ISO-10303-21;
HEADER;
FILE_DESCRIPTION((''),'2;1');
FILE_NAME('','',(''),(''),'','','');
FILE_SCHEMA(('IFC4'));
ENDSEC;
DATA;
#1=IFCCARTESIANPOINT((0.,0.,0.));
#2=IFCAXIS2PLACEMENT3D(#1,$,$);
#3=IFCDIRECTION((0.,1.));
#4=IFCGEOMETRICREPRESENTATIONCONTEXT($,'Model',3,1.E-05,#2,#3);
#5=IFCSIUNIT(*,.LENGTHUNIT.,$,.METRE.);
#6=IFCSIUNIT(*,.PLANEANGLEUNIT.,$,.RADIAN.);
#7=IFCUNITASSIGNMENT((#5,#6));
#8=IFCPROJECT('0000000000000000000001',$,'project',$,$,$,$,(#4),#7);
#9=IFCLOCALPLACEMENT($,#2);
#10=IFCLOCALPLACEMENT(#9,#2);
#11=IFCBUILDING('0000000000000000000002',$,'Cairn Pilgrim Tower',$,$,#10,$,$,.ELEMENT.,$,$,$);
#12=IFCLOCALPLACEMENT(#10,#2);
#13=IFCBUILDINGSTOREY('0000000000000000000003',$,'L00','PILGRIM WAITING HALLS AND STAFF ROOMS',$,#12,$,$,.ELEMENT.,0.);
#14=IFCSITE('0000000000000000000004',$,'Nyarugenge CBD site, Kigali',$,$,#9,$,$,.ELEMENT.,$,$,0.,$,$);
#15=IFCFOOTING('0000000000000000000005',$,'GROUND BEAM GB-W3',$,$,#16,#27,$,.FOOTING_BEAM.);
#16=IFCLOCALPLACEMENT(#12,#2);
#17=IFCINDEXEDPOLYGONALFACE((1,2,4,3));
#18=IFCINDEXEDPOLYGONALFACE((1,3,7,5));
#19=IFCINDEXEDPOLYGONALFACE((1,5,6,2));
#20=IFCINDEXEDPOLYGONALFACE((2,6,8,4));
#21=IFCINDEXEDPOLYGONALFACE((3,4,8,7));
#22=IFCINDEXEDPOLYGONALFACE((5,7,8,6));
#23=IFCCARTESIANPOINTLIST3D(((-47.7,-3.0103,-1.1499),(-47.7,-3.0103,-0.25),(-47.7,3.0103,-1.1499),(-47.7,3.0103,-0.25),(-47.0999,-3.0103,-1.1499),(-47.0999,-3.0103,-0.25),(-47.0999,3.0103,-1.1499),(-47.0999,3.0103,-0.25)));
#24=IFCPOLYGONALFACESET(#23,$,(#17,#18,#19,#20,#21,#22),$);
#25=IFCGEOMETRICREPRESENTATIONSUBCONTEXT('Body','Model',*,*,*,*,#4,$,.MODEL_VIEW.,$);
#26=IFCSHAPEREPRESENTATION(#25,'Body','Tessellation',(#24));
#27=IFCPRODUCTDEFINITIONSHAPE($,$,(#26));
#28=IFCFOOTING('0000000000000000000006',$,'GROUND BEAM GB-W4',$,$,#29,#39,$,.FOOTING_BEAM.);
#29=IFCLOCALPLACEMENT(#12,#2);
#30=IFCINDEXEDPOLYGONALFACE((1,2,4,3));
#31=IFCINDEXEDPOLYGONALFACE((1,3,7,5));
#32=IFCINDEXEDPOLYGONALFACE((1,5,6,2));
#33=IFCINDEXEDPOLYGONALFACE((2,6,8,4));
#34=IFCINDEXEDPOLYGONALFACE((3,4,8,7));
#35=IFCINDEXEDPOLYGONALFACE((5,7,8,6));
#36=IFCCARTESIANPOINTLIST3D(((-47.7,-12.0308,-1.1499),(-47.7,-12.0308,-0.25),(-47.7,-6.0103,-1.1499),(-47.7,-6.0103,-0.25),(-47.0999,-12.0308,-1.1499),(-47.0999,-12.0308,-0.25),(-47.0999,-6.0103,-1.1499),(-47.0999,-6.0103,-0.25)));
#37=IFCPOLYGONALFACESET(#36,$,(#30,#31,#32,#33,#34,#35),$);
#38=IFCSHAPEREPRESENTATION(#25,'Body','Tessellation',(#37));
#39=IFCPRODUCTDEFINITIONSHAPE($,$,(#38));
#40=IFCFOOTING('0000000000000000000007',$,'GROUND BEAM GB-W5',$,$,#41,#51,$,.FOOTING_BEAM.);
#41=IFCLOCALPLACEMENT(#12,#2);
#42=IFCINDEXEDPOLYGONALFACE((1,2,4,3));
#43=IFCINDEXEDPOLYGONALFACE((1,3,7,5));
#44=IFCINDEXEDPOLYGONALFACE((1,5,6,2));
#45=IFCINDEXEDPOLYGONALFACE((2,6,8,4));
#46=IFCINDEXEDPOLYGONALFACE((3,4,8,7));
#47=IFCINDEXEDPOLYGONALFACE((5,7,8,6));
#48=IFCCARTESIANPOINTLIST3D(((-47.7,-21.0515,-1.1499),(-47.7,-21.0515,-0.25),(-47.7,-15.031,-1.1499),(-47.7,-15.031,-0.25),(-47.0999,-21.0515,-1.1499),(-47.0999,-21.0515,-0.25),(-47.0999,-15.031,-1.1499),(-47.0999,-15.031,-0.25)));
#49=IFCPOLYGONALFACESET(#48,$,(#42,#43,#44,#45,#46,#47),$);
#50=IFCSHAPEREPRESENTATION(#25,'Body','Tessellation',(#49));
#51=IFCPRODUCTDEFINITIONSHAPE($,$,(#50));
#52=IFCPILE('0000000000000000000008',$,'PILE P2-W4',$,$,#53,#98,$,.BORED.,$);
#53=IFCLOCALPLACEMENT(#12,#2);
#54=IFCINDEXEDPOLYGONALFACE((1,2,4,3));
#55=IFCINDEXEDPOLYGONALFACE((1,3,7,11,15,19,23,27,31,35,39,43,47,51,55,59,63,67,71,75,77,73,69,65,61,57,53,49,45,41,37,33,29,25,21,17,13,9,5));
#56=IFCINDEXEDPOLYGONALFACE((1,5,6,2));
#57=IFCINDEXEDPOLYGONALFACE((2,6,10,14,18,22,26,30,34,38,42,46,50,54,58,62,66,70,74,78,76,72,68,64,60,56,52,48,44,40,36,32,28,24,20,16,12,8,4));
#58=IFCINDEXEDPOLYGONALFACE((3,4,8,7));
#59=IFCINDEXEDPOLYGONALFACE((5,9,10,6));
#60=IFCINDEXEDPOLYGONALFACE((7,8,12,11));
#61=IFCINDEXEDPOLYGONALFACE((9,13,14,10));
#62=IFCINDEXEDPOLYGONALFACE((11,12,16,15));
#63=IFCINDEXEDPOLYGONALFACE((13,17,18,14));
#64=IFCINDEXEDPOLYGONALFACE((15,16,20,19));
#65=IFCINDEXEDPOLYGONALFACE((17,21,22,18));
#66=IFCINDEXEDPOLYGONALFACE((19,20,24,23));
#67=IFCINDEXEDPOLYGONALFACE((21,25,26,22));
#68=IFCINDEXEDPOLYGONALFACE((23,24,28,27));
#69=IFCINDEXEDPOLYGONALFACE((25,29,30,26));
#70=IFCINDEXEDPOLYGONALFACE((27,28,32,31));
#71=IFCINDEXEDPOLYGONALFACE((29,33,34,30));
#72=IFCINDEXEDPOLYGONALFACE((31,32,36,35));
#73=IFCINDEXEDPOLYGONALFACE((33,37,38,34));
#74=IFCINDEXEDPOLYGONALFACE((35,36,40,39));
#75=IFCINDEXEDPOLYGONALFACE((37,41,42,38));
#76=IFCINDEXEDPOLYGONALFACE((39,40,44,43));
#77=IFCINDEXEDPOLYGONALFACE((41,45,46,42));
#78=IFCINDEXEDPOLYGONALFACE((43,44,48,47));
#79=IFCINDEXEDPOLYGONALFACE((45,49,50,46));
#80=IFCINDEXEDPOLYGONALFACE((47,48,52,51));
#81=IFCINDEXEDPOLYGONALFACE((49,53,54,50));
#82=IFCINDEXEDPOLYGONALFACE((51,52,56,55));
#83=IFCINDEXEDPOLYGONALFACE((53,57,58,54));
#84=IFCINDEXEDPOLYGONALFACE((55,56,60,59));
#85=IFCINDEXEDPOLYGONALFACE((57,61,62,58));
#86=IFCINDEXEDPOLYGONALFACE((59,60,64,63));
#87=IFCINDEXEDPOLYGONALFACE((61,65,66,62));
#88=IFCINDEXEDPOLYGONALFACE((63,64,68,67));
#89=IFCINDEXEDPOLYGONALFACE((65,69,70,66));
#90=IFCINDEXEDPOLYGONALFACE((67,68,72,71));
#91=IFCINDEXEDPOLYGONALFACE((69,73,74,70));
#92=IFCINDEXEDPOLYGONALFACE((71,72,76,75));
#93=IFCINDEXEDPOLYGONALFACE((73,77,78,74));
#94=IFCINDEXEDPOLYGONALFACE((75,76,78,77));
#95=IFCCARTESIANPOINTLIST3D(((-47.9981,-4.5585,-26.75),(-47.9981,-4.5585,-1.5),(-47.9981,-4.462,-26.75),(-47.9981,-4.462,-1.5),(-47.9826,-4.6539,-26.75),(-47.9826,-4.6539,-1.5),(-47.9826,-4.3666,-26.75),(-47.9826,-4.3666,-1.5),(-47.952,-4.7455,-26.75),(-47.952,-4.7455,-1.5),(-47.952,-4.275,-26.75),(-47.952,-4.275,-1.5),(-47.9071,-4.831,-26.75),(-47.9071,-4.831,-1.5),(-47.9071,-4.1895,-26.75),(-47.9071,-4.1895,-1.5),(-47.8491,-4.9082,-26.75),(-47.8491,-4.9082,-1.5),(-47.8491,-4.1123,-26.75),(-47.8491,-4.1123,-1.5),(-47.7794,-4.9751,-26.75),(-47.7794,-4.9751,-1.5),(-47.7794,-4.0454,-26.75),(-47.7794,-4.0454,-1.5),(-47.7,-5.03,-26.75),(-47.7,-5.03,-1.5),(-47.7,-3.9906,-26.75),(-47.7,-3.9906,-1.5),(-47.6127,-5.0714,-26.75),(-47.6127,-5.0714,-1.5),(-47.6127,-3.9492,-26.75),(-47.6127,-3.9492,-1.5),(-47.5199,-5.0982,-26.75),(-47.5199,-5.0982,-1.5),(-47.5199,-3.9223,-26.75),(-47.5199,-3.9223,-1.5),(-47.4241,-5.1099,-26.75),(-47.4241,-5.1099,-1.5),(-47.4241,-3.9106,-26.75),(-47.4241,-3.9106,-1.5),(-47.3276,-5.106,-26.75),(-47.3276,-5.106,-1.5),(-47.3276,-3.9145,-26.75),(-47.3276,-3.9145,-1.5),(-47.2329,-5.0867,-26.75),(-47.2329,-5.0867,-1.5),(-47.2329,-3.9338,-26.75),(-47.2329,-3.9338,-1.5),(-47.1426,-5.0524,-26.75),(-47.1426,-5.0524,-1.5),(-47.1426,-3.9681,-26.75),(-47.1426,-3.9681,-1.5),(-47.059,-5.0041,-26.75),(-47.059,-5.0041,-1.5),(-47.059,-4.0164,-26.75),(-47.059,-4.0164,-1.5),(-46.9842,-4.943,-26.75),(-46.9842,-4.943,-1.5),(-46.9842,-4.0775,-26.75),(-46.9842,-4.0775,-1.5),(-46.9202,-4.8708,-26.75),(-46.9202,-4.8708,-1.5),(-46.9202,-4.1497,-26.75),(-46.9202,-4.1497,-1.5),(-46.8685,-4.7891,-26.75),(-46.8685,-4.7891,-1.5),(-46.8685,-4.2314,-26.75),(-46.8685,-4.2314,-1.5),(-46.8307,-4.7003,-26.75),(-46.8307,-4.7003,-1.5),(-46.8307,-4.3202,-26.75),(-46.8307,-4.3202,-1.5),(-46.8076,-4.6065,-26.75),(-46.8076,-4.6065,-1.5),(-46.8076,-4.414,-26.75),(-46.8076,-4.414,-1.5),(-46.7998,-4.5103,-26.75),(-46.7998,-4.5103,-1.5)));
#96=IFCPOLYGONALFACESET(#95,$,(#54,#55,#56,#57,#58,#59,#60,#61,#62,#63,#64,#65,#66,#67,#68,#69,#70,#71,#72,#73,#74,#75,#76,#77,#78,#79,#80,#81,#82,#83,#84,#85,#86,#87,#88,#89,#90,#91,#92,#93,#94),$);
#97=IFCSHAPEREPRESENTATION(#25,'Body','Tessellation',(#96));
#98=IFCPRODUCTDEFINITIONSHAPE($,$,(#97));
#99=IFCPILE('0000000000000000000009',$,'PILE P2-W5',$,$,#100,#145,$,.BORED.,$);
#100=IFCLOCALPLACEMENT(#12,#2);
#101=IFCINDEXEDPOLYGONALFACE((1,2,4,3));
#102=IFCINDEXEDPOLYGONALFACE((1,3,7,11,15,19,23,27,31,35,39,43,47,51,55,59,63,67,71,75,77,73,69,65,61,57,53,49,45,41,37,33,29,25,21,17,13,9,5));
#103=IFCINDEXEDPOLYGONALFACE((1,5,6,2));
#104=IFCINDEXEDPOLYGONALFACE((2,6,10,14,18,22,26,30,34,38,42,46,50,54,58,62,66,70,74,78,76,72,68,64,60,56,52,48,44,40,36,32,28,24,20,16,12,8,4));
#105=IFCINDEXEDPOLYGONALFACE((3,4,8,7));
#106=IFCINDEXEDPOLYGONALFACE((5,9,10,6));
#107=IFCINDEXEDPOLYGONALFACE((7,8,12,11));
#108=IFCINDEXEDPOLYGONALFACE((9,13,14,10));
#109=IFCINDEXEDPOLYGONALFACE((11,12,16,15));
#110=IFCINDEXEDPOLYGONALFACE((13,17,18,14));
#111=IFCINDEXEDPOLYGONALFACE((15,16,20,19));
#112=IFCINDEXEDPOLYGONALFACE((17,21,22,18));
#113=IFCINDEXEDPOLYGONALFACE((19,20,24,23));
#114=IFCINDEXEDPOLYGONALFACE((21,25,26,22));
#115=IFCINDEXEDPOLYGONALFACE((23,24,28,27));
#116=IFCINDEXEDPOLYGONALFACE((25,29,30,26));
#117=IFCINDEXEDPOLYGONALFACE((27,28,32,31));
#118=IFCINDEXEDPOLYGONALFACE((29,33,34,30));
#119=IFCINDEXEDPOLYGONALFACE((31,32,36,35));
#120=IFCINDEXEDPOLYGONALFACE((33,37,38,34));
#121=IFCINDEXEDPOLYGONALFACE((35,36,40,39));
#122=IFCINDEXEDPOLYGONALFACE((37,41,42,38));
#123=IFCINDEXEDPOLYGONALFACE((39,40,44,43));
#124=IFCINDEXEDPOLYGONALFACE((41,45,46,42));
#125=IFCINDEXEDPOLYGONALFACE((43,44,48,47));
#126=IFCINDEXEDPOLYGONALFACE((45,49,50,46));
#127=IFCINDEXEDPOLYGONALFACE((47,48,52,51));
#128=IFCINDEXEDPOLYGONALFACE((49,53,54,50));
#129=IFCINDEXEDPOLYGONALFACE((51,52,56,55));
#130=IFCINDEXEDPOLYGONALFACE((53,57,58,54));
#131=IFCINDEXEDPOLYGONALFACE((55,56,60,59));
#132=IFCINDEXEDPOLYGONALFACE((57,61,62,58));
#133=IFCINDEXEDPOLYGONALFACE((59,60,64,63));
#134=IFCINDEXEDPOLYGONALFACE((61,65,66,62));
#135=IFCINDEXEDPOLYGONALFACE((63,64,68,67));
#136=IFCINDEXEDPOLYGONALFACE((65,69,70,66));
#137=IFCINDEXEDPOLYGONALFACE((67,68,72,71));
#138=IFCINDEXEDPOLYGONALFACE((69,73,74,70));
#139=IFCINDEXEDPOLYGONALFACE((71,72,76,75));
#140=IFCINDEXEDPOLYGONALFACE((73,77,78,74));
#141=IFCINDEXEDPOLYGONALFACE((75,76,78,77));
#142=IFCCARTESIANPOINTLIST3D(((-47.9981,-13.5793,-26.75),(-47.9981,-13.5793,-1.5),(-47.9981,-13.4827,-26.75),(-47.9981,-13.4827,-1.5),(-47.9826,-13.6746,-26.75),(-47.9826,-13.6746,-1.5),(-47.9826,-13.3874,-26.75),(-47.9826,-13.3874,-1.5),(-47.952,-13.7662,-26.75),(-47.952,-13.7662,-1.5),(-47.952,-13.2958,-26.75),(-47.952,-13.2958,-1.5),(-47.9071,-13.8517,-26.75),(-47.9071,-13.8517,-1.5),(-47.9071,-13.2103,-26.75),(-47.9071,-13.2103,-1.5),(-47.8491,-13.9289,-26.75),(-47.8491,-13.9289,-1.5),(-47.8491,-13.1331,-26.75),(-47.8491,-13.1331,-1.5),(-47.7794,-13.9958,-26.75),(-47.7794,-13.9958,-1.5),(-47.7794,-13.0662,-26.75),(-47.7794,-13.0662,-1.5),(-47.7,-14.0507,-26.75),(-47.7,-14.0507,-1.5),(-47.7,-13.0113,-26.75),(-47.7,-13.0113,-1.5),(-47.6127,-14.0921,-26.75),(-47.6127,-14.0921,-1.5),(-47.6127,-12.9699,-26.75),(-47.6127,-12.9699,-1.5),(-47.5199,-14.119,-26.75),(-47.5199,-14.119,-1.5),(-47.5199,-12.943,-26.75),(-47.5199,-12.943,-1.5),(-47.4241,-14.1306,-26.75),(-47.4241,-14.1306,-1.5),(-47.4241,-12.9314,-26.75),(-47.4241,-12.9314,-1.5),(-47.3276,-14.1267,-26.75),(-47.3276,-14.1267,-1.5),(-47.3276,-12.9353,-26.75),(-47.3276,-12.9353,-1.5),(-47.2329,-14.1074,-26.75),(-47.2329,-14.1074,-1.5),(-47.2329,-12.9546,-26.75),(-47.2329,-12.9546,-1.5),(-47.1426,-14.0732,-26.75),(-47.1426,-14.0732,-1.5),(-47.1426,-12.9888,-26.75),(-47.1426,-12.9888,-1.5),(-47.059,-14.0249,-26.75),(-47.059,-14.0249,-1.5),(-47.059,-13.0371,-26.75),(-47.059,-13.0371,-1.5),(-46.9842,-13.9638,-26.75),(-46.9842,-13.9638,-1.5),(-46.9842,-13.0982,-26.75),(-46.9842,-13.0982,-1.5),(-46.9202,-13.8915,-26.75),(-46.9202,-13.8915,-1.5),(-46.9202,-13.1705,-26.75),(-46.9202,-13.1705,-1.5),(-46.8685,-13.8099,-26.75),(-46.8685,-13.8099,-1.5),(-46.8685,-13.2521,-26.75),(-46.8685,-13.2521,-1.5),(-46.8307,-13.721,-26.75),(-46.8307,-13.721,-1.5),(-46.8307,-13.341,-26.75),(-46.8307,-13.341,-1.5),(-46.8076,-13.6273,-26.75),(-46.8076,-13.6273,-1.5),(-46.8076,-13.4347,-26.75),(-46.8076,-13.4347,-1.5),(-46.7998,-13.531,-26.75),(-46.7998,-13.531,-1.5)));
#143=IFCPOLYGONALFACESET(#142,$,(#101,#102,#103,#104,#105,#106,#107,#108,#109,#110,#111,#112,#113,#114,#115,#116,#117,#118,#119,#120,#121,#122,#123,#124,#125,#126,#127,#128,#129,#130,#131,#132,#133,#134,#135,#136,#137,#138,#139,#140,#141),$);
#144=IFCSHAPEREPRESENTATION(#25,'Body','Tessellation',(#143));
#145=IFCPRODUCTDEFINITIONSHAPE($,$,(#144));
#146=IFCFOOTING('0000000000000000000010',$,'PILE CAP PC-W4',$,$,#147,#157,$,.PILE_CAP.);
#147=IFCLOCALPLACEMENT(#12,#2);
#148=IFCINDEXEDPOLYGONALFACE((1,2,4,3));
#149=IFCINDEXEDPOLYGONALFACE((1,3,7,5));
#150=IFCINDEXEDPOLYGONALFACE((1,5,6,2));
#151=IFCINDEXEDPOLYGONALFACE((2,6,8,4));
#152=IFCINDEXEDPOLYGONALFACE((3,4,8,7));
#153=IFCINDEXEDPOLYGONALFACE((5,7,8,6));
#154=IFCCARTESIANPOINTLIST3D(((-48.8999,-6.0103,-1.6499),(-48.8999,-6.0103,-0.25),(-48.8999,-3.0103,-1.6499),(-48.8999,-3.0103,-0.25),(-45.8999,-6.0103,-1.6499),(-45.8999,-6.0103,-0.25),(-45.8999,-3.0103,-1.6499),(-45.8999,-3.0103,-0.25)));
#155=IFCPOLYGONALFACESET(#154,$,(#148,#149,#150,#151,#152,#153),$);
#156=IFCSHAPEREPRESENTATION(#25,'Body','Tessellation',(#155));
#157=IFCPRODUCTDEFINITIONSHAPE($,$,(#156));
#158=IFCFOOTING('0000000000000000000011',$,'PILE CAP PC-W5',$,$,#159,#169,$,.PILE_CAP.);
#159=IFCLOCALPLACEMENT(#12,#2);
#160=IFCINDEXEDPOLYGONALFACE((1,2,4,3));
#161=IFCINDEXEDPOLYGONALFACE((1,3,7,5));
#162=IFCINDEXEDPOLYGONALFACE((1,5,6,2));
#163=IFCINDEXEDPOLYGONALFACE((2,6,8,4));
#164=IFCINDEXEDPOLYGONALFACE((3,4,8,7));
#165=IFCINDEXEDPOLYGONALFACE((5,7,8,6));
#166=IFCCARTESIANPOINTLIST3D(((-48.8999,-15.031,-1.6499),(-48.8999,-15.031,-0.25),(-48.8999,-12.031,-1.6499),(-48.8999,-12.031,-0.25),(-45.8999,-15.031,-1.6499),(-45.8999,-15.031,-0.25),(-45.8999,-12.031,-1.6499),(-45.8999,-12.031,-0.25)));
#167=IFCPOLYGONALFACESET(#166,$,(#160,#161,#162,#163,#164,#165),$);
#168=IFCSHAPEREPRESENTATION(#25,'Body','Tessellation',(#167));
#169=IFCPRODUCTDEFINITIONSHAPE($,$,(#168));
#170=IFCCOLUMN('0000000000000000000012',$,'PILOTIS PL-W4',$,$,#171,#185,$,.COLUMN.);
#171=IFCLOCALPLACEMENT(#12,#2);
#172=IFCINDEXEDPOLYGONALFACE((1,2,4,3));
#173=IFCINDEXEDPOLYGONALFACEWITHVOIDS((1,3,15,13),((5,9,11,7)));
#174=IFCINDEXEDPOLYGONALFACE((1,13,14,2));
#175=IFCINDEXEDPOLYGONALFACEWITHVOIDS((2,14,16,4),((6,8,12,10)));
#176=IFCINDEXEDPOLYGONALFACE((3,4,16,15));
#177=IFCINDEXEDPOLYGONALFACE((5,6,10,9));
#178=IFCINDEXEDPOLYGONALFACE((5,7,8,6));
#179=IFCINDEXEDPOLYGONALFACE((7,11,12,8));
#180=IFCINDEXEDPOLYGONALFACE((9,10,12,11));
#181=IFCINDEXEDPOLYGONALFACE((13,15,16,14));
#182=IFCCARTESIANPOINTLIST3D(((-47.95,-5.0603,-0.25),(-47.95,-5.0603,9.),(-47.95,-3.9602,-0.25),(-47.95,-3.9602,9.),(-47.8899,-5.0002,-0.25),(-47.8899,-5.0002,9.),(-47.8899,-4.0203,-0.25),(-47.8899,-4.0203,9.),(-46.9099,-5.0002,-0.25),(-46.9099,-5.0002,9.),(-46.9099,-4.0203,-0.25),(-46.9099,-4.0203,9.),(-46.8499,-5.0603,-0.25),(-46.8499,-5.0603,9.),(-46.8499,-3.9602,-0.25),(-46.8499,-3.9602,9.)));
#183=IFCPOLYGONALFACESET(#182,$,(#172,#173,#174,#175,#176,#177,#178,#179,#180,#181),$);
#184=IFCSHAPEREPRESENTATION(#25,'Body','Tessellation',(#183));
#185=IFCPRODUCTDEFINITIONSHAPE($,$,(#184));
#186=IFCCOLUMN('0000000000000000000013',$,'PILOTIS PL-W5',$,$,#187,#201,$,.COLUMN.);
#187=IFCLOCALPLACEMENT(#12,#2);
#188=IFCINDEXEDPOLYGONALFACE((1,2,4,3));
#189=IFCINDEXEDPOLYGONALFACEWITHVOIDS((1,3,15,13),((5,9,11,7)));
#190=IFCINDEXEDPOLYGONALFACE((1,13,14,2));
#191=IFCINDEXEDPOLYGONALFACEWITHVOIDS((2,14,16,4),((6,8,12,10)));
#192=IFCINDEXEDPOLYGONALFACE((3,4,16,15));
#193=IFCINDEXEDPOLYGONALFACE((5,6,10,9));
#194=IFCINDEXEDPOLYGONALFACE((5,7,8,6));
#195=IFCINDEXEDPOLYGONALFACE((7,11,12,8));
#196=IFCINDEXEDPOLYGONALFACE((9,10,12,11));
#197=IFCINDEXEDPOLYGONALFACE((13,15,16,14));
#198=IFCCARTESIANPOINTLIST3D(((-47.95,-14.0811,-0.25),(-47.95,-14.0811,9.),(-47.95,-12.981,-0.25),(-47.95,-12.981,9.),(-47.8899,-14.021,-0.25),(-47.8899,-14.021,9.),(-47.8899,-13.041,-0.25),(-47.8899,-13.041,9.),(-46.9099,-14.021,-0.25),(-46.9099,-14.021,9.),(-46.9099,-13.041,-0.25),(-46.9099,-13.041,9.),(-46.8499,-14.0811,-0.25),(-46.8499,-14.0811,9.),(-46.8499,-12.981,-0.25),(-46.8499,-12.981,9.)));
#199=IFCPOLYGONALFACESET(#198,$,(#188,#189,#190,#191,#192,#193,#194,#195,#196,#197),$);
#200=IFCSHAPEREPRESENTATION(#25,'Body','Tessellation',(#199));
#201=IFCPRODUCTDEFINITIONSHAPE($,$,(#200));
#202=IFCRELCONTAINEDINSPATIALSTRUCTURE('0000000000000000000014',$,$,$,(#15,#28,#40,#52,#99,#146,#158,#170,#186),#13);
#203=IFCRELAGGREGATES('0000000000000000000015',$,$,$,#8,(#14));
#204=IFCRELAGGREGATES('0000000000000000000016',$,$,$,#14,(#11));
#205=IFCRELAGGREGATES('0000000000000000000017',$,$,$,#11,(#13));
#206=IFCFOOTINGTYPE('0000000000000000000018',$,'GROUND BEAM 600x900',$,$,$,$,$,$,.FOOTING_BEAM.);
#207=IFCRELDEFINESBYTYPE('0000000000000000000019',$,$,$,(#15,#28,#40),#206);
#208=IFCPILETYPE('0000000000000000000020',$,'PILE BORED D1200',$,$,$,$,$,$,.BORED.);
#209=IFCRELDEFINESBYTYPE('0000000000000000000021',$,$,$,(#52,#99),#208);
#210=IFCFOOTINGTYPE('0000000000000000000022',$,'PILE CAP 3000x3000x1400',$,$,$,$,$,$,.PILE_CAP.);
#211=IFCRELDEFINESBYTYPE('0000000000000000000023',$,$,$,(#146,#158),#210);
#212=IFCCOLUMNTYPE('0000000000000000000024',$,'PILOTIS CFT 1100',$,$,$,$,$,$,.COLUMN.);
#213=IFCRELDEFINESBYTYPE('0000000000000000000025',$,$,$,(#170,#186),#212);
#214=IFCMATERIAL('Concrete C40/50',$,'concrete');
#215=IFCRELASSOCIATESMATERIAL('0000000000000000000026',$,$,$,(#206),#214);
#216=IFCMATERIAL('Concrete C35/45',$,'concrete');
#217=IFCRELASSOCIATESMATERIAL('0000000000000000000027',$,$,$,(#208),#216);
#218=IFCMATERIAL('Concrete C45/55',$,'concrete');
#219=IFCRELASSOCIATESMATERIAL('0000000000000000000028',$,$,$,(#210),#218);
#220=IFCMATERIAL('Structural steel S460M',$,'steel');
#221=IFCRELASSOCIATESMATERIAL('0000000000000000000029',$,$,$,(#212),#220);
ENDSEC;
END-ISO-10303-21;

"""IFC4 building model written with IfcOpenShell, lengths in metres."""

from ifc_helpers import new_model, si_unit, direction, frame, origin, origin_2d, place, context, subcontext, project, spatial, rectangle, hollow_rectangle, circle, extrude, material, material_profile, profile_set, type_object, element, save


model = new_model("IFC4")

# Units and contexts
model_context = context("Model", 3, precision=1e-05, world=origin(), true_north=direction((0.0, 1.0)))
body_context = subcontext(model_context, "Body", "Model", "MODEL_VIEW")
ifc_project = project(units=[si_unit("LENGTHUNIT", "METRE"), si_unit("PLANEANGLEUNIT", "RADIAN")], contexts=[model_context])

# Site, building, storey
site_placement = place(None, origin())
site = spatial("IfcSite", under=ifc_project, at=site_placement, Name="Nyarugenge CBD site, Kigali", CompositionType="ELEMENT", RefElevation=0.0)
building_placement = place(site_placement, origin())
building = spatial("IfcBuilding", under=site, at=building_placement, Name="Cairn Pilgrim Tower", CompositionType="ELEMENT")
storey_placement = place(building_placement, origin())
storey = spatial("IfcBuildingStorey", under=building, at=storey_placement, Name="L00", Description="PILGRIM WAITING HALLS AND STAFF ROOMS", CompositionType="ELEMENT", Elevation=0.0)

# Footings
ifc_material_1 = material(Name="Concrete C40/50", Category="concrete")
footing_type_1 = type_object("IfcFootingType", Name="GROUND BEAM 600x900", PredefinedType="FOOTING_BEAM", material=ifc_material_1)
for number, where, z_axis, x_axis, name in (
    (1, (-47.3999, 0.0, -1.1499), (0.0, 0.0, 1.0), (0.0, -1.0, 0.0), "GROUND BEAM GB-W3"),
    (2, (-47.3999, -9.0205, -1.1499), (0.0, 0.0, 1.0), (0.0, -1.0, 0.0), "GROUND BEAM GB-W4"),
    (3, (-47.3999, -18.0413, -1.1499), (0.0, 0.0, 1.0), (0.0, -1.0, 0.0), "GROUND BEAM GB-W5"),
):
    element("IfcFooting", number, at=place(storey_placement, frame(where, z_axis=z_axis, x_axis=x_axis)), inside=storey, type_object=footing_type_1, Name=name, PredefinedType="FOOTING_BEAM", context=body_context, shape_type="SweptSolid", body=[
        extrude(rectangle(XDim=6.0205, YDim=0.6001, at=origin_2d()), origin(), (0.0, 0.0, 1.0), 0.8999),
    ])

# Piles
ifc_material_2 = material(Name="Concrete C35/45", Category="concrete")
ifc_material_profile_1 = material_profile(ifc_material_2, circle(Radius=0.6001, at=origin_2d()), Name="D1200")
ifc_profile_set_1 = profile_set([ifc_material_profile_1], Name="Concrete C35/45")
pile_type = type_object("IfcPileType", Name="PILE BORED D1200", PredefinedType="BORED", material=ifc_profile_set_1)
for number, where, z_axis, x_axis, name in (
    (4, (-47.3999, -4.5103, -1.5), (0.0, 0.0, -1.0), (1.0, 0.0, 0.0), "PILE P2-W4"),
    (5, (-47.3999, -13.531, -1.5), (0.0, 0.0, -1.0), (1.0, 0.0, 0.0), "PILE P2-W5"),
):
    element("IfcPile", number, at=place(storey_placement, frame(where, z_axis=z_axis, x_axis=x_axis)), inside=storey, type_object=pile_type, Name=name, PredefinedType="BORED", context=body_context, shape_type="SweptSolid", body=[
        extrude(circle(Radius=0.6001, at=origin_2d()), origin(), (0.0, 0.0, 1.0), 25.25),
    ])

# Footings
ifc_material_3 = material(Name="Concrete C45/55", Category="concrete")
footing_type_2 = type_object("IfcFootingType", Name="PILE CAP 3000x3000x1400", PredefinedType="PILE_CAP", material=ifc_material_3)
for number, where, z_axis, x_axis, name in (
    (6, (-47.3999, -4.5103, -1.6499), (0.0, 0.0, 1.0), (1.0, 0.0, 0.0), "PILE CAP PC-W4"),
    (7, (-47.3999, -13.531, -1.6499), (0.0, 0.0, 1.0), (1.0, 0.0, 0.0), "PILE CAP PC-W5"),
):
    element("IfcFooting", number, at=place(storey_placement, frame(where, z_axis=z_axis, x_axis=x_axis)), inside=storey, type_object=footing_type_2, Name=name, PredefinedType="PILE_CAP", context=body_context, shape_type="SweptSolid", body=[
        extrude(rectangle(XDim=3.0, YDim=3.0, at=origin_2d()), origin(), (0.0, 0.0, 1.0), 1.3999),
    ])

# Columns
ifc_material_4 = material(Name="Structural steel S460M", Category="steel")
ifc_material_profile_2 = material_profile(ifc_material_4, hollow_rectangle(XDim=1.1001, YDim=1.1001, WallThickness=0.0601, at=origin_2d()), Name="BOX 1100x1100x60")
ifc_profile_set_2 = profile_set([ifc_material_profile_2], Name="Structural steel S460M")
column_type = type_object("IfcColumnType", Name="PILOTIS CFT 1100", PredefinedType="COLUMN", material=ifc_profile_set_2)
for number, where, z_axis, x_axis, name in (
    (8, (-47.3999, -4.5103, -0.25), (0.0, 0.0, 1.0), (1.0, 0.0, 0.0), "PILOTIS PL-W4"),
    (9, (-47.3999, -13.531, -0.25), (0.0, 0.0, 1.0), (1.0, 0.0, 0.0), "PILOTIS PL-W5"),
):
    element("IfcColumn", number, at=place(storey_placement, frame(where, z_axis=z_axis, x_axis=x_axis)), inside=storey, type_object=column_type, Name=name, PredefinedType="COLUMN", context=body_context, shape_type="SweptSolid", body=[
        extrude(hollow_rectangle(XDim=1.1001, YDim=1.1001, WallThickness=0.0601, at=origin_2d()), origin(), (0.0, 0.0, 1.0), 9.25),
    ])

save(model, "model.ifc")
